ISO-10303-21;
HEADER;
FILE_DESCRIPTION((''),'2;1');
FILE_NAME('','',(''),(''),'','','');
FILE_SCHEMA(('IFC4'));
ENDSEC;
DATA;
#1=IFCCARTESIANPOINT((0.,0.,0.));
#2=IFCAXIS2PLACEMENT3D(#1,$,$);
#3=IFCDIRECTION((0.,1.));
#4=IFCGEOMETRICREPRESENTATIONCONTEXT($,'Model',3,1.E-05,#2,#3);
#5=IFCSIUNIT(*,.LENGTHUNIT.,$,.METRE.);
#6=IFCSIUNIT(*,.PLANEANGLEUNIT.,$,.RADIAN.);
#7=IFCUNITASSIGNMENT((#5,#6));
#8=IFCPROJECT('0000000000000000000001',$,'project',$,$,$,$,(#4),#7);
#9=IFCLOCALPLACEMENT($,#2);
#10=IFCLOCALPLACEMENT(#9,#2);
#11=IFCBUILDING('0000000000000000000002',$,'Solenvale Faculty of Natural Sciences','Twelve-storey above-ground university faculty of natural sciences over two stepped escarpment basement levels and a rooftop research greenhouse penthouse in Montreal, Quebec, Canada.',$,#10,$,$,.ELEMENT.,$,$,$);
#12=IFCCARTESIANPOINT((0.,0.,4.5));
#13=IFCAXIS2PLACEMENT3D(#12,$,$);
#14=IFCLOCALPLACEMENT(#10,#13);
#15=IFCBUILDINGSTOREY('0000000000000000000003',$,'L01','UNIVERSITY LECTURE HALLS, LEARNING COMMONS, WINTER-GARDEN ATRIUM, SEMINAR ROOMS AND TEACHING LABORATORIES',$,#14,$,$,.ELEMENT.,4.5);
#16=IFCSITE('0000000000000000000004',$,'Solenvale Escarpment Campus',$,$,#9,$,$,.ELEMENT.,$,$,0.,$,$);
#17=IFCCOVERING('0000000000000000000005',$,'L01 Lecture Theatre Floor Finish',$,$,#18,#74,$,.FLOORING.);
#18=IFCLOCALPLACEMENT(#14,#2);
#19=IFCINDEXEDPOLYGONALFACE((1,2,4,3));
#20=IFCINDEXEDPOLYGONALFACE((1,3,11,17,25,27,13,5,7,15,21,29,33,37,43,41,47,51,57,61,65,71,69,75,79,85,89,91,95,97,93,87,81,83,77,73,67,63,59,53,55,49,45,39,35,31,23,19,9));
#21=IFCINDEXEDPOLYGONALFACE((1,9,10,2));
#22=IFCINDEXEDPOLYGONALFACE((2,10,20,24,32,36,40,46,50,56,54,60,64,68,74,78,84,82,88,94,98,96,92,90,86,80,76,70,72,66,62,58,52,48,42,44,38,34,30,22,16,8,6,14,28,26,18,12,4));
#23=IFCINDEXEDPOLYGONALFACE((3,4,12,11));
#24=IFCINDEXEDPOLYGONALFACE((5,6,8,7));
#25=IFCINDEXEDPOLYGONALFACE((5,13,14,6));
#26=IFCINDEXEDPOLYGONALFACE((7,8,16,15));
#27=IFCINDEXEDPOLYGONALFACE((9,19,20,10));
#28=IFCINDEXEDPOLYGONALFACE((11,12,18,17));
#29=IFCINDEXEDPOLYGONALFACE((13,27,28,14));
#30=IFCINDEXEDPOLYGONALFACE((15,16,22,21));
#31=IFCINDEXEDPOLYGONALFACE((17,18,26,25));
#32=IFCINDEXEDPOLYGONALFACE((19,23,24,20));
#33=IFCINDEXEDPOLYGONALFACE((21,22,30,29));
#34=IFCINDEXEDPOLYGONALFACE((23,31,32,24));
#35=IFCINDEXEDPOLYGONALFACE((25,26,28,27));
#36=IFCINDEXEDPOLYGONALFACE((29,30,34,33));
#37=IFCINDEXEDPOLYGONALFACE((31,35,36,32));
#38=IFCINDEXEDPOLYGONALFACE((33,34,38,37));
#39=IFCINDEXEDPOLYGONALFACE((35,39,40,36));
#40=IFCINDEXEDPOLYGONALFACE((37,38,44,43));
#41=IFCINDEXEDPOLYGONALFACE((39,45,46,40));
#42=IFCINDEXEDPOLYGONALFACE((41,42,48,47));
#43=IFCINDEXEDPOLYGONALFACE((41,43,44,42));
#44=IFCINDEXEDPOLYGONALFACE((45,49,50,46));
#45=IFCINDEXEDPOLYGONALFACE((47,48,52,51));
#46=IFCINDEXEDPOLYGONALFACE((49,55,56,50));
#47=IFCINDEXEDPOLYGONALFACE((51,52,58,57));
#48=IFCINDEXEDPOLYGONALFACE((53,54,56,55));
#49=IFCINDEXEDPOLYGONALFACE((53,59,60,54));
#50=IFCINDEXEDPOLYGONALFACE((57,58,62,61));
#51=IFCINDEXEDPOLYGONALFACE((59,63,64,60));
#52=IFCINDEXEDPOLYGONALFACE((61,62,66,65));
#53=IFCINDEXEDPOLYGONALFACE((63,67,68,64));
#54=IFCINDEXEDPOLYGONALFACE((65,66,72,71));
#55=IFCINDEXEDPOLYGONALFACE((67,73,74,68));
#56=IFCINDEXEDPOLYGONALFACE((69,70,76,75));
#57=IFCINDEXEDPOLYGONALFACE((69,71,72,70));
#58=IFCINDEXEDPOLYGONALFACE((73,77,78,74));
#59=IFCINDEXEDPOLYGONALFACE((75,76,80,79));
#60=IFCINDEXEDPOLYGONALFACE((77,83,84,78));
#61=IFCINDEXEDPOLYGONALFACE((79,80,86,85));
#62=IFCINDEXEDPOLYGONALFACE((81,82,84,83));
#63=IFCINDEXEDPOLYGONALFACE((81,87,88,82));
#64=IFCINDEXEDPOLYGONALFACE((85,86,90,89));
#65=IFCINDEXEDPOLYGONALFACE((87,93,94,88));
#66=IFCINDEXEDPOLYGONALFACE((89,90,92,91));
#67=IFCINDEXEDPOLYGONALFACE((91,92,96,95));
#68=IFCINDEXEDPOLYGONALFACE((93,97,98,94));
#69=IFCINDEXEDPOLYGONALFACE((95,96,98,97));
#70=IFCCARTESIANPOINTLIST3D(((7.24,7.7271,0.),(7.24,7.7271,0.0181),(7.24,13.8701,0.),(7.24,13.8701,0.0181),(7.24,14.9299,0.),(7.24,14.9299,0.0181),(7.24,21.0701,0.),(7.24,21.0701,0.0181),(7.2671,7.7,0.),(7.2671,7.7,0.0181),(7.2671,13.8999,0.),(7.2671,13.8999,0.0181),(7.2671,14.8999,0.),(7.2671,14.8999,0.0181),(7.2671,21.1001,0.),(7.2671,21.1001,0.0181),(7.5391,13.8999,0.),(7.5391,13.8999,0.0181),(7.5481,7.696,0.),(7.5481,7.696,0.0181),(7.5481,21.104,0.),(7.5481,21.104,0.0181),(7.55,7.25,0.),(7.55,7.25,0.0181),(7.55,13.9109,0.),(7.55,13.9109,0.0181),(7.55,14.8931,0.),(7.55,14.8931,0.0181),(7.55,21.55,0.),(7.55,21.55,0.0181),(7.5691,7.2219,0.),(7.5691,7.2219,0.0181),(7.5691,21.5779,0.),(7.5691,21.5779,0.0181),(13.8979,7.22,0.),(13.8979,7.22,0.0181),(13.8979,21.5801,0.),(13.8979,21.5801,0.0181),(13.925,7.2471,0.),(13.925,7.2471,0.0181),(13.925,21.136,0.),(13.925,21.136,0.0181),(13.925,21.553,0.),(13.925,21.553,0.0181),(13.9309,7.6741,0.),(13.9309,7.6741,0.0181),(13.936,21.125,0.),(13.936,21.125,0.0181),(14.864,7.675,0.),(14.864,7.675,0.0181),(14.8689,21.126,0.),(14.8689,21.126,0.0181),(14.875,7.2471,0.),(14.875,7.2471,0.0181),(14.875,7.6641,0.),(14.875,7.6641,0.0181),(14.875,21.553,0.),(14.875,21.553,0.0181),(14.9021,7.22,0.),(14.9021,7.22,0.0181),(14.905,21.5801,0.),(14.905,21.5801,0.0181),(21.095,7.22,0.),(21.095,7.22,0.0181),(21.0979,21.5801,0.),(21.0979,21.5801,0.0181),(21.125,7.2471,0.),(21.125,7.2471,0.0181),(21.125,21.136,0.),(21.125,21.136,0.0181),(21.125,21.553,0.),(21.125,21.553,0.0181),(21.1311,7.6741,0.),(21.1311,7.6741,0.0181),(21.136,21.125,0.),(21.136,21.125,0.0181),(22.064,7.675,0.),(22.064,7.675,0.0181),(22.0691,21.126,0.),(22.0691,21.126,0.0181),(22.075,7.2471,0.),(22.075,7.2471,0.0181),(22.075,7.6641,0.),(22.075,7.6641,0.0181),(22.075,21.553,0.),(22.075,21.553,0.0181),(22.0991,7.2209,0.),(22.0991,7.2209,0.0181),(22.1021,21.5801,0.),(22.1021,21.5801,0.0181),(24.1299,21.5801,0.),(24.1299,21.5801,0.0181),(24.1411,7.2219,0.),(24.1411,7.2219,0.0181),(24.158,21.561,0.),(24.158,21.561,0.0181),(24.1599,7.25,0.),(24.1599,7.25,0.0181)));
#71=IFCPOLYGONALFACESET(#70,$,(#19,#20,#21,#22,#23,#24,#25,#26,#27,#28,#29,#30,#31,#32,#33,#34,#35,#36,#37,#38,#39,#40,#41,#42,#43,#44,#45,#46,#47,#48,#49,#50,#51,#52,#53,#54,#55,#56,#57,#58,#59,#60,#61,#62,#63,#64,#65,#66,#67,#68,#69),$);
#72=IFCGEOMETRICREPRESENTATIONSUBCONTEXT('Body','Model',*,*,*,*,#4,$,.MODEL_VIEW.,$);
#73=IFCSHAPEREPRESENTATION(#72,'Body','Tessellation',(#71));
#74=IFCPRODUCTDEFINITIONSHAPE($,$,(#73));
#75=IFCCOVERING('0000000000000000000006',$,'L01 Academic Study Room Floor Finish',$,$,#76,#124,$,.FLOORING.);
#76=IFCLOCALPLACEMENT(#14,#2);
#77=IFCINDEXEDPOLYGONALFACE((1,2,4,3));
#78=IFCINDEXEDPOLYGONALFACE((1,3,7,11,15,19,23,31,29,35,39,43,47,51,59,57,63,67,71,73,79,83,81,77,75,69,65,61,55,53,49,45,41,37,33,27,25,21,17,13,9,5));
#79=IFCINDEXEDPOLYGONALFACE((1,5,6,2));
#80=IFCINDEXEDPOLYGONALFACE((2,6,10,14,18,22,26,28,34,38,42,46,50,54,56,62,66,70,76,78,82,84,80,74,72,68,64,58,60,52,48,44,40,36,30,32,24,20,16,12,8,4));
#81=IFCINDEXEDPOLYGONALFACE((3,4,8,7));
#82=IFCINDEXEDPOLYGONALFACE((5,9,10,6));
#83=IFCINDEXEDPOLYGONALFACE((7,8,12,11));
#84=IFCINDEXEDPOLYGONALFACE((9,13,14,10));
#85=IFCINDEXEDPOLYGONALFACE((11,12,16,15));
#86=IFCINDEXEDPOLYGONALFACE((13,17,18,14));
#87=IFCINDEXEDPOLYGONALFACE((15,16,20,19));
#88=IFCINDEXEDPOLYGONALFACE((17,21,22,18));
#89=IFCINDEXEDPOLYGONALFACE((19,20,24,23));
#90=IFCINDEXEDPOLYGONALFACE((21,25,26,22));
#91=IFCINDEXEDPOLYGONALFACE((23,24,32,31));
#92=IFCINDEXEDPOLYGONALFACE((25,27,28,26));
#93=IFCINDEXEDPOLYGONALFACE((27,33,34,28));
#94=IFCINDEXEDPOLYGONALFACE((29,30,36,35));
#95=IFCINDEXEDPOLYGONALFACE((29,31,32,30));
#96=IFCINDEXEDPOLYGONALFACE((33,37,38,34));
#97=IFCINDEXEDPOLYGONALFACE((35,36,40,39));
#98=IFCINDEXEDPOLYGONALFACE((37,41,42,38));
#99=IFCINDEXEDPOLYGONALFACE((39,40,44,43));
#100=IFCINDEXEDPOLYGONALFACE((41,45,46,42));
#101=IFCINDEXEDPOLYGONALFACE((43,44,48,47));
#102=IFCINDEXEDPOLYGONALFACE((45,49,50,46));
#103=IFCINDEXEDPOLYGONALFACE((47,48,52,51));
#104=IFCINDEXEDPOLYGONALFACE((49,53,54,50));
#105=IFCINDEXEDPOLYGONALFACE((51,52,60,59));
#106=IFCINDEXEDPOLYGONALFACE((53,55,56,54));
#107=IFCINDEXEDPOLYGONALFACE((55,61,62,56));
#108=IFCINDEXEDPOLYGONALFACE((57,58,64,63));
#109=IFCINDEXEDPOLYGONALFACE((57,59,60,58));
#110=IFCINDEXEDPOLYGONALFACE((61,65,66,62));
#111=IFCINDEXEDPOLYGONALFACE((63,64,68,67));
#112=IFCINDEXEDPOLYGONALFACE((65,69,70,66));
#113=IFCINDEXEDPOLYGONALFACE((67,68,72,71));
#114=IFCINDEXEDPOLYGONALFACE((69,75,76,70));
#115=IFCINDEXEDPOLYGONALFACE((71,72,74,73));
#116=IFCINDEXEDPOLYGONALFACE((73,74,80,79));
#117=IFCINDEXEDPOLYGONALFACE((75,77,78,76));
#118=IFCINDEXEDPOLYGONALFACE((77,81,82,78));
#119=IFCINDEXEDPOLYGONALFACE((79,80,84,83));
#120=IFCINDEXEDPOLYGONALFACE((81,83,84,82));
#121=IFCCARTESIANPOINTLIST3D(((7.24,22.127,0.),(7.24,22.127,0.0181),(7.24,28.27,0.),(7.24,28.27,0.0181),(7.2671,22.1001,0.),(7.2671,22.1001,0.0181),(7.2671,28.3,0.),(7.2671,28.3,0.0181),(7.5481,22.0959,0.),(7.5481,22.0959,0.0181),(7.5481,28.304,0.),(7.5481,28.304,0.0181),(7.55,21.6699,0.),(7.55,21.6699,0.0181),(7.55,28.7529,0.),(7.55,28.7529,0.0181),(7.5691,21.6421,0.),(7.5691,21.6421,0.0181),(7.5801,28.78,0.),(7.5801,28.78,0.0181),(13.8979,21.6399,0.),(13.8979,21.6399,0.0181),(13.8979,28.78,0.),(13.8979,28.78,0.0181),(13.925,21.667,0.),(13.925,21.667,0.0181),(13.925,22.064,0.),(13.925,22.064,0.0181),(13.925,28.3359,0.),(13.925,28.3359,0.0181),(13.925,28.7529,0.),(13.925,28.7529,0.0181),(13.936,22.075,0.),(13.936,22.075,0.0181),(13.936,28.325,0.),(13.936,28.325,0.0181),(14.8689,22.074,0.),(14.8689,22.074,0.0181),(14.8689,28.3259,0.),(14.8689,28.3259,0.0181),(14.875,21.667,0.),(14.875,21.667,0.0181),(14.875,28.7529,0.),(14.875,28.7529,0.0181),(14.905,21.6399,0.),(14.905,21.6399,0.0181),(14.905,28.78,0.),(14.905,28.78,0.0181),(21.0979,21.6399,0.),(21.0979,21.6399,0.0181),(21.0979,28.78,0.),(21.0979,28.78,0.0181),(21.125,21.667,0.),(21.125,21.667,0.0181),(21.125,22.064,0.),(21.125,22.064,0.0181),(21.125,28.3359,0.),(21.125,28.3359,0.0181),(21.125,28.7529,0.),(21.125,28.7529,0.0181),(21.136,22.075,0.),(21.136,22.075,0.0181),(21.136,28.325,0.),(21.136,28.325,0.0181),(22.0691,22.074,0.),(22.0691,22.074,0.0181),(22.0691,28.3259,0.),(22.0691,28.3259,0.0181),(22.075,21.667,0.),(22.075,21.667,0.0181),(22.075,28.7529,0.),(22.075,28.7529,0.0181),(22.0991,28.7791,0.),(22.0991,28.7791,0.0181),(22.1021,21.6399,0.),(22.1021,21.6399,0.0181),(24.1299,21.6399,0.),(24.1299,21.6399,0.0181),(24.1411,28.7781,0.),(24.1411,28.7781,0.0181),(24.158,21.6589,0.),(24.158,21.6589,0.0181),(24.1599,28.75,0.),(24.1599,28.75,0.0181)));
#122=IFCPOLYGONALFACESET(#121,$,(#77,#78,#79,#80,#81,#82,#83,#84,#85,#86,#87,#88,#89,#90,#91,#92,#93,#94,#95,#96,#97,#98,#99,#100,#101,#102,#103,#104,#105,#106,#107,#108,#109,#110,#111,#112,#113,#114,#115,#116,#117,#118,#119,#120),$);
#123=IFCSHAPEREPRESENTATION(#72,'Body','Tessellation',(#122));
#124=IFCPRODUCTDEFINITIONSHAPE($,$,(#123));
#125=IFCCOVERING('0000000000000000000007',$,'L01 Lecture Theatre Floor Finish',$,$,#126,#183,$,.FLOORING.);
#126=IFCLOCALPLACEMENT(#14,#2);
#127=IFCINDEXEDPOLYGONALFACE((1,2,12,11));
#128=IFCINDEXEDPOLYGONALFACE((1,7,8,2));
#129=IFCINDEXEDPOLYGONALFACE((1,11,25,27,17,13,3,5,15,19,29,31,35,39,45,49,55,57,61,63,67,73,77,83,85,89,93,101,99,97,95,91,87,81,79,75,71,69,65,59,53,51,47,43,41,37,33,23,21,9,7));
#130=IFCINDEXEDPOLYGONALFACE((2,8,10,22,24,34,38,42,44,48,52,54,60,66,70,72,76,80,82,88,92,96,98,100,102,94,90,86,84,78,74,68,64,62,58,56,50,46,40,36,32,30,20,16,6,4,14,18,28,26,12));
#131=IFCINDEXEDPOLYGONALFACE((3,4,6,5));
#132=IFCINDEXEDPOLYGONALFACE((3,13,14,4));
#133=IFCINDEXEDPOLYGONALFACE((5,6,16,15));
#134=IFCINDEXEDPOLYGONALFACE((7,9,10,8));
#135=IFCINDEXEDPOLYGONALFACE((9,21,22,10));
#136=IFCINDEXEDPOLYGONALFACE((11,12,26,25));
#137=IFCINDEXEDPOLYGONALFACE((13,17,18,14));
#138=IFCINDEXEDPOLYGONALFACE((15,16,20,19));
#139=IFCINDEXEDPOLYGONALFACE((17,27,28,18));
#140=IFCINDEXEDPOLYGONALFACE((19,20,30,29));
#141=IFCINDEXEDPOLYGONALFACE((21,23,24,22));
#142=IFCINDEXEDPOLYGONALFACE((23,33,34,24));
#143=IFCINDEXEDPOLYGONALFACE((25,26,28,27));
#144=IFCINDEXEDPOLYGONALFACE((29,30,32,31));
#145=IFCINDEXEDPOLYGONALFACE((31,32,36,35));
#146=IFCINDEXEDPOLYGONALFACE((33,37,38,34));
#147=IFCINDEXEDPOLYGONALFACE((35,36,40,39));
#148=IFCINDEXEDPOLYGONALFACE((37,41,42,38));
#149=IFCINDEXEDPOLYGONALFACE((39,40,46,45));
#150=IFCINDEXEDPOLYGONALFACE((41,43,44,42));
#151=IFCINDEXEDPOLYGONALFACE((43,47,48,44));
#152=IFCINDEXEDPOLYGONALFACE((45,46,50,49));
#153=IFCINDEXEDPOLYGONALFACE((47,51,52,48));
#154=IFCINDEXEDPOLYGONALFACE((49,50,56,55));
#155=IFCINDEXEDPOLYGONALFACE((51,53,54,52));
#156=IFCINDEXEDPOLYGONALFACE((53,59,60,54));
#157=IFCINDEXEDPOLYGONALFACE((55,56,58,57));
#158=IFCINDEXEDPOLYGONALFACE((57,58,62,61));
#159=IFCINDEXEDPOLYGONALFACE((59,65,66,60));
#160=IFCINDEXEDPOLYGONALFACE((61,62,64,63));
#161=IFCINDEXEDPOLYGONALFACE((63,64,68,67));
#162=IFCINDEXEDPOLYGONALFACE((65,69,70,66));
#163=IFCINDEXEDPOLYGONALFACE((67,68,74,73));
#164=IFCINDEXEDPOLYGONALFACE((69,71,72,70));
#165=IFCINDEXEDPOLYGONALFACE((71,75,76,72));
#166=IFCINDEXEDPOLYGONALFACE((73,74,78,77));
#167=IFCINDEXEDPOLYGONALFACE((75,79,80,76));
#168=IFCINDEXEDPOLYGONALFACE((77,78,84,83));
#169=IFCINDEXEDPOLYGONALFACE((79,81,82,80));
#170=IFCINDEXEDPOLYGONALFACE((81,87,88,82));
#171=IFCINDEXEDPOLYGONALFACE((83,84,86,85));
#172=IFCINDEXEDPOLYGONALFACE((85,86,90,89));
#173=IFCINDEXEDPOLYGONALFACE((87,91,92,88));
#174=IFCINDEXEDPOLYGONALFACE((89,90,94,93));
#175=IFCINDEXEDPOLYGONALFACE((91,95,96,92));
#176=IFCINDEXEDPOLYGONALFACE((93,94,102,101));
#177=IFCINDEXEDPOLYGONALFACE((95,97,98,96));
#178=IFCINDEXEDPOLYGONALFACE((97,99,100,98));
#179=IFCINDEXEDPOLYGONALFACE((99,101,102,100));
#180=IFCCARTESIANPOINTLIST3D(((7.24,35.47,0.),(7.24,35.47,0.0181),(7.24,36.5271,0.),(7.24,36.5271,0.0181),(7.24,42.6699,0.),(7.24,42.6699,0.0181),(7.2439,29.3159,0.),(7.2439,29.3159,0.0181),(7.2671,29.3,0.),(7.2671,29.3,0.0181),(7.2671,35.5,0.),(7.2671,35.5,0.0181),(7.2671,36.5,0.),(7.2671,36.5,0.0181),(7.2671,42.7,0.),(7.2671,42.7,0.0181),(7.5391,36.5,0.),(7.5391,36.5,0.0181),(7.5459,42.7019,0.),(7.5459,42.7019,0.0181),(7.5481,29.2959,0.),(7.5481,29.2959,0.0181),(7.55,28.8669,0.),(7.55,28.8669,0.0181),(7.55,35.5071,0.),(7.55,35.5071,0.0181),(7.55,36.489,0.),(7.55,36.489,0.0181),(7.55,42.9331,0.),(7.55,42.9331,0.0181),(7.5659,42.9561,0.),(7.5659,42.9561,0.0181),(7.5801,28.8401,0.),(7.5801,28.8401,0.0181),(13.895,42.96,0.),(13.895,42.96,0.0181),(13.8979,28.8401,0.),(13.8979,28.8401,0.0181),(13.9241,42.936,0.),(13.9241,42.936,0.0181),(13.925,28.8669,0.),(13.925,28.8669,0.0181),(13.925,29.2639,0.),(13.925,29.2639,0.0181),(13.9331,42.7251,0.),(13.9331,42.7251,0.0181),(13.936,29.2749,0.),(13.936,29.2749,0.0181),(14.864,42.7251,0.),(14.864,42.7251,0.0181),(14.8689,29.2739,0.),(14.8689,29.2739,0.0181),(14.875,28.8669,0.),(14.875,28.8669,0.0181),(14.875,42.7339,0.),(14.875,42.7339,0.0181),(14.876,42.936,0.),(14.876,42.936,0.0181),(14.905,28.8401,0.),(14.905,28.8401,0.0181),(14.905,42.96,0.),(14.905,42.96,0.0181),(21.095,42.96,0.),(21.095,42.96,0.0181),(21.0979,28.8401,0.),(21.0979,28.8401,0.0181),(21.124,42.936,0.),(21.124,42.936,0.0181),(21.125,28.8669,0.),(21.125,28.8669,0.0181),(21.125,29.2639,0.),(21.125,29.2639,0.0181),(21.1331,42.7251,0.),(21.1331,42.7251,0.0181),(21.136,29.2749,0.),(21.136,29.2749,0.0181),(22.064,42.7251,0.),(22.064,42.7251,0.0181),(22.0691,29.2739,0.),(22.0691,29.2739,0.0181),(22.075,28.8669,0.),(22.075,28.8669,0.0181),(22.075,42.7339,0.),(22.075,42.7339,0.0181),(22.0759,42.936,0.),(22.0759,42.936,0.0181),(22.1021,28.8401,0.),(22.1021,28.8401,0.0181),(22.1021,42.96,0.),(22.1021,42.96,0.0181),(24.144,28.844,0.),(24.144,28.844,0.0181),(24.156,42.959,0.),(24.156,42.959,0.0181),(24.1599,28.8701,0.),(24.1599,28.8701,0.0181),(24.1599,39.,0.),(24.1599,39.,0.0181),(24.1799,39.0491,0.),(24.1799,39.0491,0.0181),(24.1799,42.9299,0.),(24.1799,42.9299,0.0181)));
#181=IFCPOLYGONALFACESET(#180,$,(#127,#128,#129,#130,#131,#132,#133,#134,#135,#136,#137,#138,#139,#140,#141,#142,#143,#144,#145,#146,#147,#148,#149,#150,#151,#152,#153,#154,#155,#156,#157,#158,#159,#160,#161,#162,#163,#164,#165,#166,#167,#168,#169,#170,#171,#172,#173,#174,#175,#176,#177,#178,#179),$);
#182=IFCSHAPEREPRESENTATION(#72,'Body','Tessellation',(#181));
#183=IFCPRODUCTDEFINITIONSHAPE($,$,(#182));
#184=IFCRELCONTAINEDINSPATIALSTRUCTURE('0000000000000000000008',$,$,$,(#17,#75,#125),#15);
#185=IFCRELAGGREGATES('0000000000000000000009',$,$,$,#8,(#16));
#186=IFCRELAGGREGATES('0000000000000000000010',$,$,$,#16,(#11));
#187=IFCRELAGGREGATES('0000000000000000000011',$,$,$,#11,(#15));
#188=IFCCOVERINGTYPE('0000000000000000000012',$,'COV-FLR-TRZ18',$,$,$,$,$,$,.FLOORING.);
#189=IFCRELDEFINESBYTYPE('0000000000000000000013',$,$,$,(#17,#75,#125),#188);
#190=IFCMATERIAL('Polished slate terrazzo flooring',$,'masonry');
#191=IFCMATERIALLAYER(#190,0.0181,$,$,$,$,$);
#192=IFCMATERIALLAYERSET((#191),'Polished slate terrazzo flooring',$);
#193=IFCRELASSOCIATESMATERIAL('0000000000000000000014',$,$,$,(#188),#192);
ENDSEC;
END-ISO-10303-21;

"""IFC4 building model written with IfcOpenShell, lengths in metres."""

from ifc_helpers import new_model, si_unit, direction, frame, origin, place, context, subcontext, project, spatial, polyline, outline, extrude, material, layer, layer_set, type_object, element, save


model = new_model("IFC4")

# Units and contexts
model_context = context("Model", 3, precision=1e-05, world=origin(), true_north=direction((0.0, 1.0)))
body_context = subcontext(model_context, "Body", "Model", "MODEL_VIEW")
ifc_project = project(units=[si_unit("LENGTHUNIT", "METRE"), si_unit("PLANEANGLEUNIT", "RADIAN")], contexts=[model_context])

# Site, building, storey
site_placement = place(None, origin())
site = spatial("IfcSite", under=ifc_project, at=site_placement, Name="Solenvale Escarpment Campus", CompositionType="ELEMENT", RefElevation=0.0)
building_placement = place(site_placement, origin())
building = spatial("IfcBuilding", under=site, at=building_placement, Name="Solenvale Faculty of Natural Sciences", Description="Twelve-storey above-ground university faculty of natural sciences over two stepped escarpment basement levels and a rooftop research greenhouse penthouse in Montreal, Quebec, Canada.", CompositionType="ELEMENT")
storey_placement = place(building_placement, frame((0.0, 0.0, 4.5)))
storey = spatial("IfcBuildingStorey", under=building, at=storey_placement, Name="L01", Description="UNIVERSITY LECTURE HALLS, LEARNING COMMONS, WINTER-GARDEN ATRIUM, SEMINAR ROOMS AND TEACHING LABORATORIES", CompositionType="ELEMENT", Elevation=4.5)

# Coverings
ifc_material_1 = material(Name="Polished slate terrazzo flooring", Category="masonry")
ifc_layer_1 = layer(ifc_material_1, 0.0181)
ifc_layer_set_1 = layer_set([ifc_layer_1], Name="Polished slate terrazzo flooring")
covering_type_1 = type_object("IfcCoveringType", Name="COV-FLR-TRZ18", PredefinedType="FLOORING", material=ifc_layer_set_1)
covering_1_placement = place(storey_placement, origin())
element("IfcCovering", 1, at=covering_1_placement, inside=storey, type_object=covering_type_1, Name="L01 Lecture Theatre Floor Finish", PredefinedType="FLOORING", context=body_context, shape_type="SweptSolid", body=[
    extrude(outline(polyline([(7.24, 13.8701), (7.2671, 13.8999), (7.5391, 13.8999), (7.55, 13.9109), (7.55, 14.8931), (7.2671, 14.8999), (7.24, 14.9299), (7.24, 21.0701), (7.2671, 21.1001), (7.5481, 21.104), (7.55, 21.55), (7.5691, 21.5779), (13.8979, 21.5801), (13.925, 21.553), (13.925, 21.136), (13.936, 21.125), (14.8689, 21.126), (14.875, 21.553), (14.905, 21.5801), (21.0979, 21.5801), (21.125, 21.553), (21.125, 21.136), (21.136, 21.125), (22.0691, 21.126), (22.075, 21.553), (22.1021, 21.5801), (24.1299, 21.5801), (24.158, 21.561), (24.1599, 7.25), (24.1411, 7.2219), (22.0991, 7.2209), (22.075, 7.2471), (22.075, 7.6641), (22.064, 7.675), (21.1311, 7.6741), (21.125, 7.2471), (21.095, 7.22), (14.9021, 7.22), (14.875, 7.2471), (14.875, 7.6641), (14.864, 7.675), (13.9309, 7.6741), (13.925, 7.2471), (13.8979, 7.22), (7.5691, 7.2219), (7.55, 7.25), (7.5481, 7.696), (7.2671, 7.7), (7.24, 7.7271), (7.24, 13.8701)])), origin(), (0.0, 0.0, 1.0), 0.0181),
])
covering_2_placement = place(storey_placement, origin())
element("IfcCovering", 2, at=covering_2_placement, inside=storey, type_object=covering_type_1, Name="L01 Academic Study Room Floor Finish", PredefinedType="FLOORING", context=body_context, shape_type="SweptSolid", body=[
    extrude(outline(polyline([(7.24, 28.27), (7.2671, 28.3), (7.5481, 28.304), (7.55, 28.7529), (7.5801, 28.78), (13.8979, 28.78), (13.925, 28.7529), (13.925, 28.3359), (13.936, 28.325), (14.8689, 28.3259), (14.875, 28.7529), (14.905, 28.78), (21.0979, 28.78), (21.125, 28.7529), (21.125, 28.3359), (21.136, 28.325), (22.0691, 28.3259), (22.075, 28.7529), (22.0991, 28.7791), (24.1411, 28.7781), (24.1599, 28.75), (24.158, 21.6589), (24.1299, 21.6399), (22.1021, 21.6399), (22.075, 21.667), (22.0691, 22.074), (21.136, 22.075), (21.125, 22.064), (21.125, 21.667), (21.0979, 21.6399), (14.905, 21.6399), (14.875, 21.667), (14.8689, 22.074), (13.936, 22.075), (13.925, 22.064), (13.925, 21.667), (13.8979, 21.6399), (7.5691, 21.6421), (7.55, 21.6699), (7.5481, 22.0959), (7.2671, 22.1001), (7.24, 22.127), (7.24, 28.27)])), origin(), (0.0, 0.0, 1.0), 0.0181),
])
covering_3_placement = place(storey_placement, origin())
element("IfcCovering", 3, at=covering_3_placement, inside=storey, type_object=covering_type_1, Name="L01 Lecture Theatre Floor Finish", PredefinedType="FLOORING", context=body_context, shape_type="SweptSolid", body=[
    extrude(outline(polyline([(24.1799, 39.0491), (24.1599, 39.0), (24.1599, 28.8701), (24.144, 28.844), (22.1021, 28.8401), (22.075, 28.8669), (22.0691, 29.2739), (21.136, 29.2749), (21.125, 29.2639), (21.125, 28.8669), (21.0979, 28.8401), (14.905, 28.8401), (14.875, 28.8669), (14.8689, 29.2739), (13.936, 29.2749), (13.925, 29.2639), (13.925, 28.8669), (13.8979, 28.8401), (7.5801, 28.8401), (7.55, 28.8669), (7.5481, 29.2959), (7.2671, 29.3), (7.2439, 29.3159), (7.24, 35.47), (7.2671, 35.5), (7.55, 35.5071), (7.55, 36.489), (7.5391, 36.5), (7.2671, 36.5), (7.24, 36.5271), (7.24, 42.6699), (7.2671, 42.7), (7.5459, 42.7019), (7.55, 42.9331), (7.5659, 42.9561), (13.895, 42.96), (13.9241, 42.936), (13.9331, 42.7251), (14.864, 42.7251), (14.875, 42.7339), (14.876, 42.936), (14.905, 42.96), (21.095, 42.96), (21.124, 42.936), (21.1331, 42.7251), (22.064, 42.7251), (22.075, 42.7339), (22.0759, 42.936), (22.1021, 42.96), (24.156, 42.959), (24.1799, 42.9299), (24.1799, 39.0491)])), origin(), (0.0, 0.0, 1.0), 0.0181),
])

save(model, "model.ifc")
